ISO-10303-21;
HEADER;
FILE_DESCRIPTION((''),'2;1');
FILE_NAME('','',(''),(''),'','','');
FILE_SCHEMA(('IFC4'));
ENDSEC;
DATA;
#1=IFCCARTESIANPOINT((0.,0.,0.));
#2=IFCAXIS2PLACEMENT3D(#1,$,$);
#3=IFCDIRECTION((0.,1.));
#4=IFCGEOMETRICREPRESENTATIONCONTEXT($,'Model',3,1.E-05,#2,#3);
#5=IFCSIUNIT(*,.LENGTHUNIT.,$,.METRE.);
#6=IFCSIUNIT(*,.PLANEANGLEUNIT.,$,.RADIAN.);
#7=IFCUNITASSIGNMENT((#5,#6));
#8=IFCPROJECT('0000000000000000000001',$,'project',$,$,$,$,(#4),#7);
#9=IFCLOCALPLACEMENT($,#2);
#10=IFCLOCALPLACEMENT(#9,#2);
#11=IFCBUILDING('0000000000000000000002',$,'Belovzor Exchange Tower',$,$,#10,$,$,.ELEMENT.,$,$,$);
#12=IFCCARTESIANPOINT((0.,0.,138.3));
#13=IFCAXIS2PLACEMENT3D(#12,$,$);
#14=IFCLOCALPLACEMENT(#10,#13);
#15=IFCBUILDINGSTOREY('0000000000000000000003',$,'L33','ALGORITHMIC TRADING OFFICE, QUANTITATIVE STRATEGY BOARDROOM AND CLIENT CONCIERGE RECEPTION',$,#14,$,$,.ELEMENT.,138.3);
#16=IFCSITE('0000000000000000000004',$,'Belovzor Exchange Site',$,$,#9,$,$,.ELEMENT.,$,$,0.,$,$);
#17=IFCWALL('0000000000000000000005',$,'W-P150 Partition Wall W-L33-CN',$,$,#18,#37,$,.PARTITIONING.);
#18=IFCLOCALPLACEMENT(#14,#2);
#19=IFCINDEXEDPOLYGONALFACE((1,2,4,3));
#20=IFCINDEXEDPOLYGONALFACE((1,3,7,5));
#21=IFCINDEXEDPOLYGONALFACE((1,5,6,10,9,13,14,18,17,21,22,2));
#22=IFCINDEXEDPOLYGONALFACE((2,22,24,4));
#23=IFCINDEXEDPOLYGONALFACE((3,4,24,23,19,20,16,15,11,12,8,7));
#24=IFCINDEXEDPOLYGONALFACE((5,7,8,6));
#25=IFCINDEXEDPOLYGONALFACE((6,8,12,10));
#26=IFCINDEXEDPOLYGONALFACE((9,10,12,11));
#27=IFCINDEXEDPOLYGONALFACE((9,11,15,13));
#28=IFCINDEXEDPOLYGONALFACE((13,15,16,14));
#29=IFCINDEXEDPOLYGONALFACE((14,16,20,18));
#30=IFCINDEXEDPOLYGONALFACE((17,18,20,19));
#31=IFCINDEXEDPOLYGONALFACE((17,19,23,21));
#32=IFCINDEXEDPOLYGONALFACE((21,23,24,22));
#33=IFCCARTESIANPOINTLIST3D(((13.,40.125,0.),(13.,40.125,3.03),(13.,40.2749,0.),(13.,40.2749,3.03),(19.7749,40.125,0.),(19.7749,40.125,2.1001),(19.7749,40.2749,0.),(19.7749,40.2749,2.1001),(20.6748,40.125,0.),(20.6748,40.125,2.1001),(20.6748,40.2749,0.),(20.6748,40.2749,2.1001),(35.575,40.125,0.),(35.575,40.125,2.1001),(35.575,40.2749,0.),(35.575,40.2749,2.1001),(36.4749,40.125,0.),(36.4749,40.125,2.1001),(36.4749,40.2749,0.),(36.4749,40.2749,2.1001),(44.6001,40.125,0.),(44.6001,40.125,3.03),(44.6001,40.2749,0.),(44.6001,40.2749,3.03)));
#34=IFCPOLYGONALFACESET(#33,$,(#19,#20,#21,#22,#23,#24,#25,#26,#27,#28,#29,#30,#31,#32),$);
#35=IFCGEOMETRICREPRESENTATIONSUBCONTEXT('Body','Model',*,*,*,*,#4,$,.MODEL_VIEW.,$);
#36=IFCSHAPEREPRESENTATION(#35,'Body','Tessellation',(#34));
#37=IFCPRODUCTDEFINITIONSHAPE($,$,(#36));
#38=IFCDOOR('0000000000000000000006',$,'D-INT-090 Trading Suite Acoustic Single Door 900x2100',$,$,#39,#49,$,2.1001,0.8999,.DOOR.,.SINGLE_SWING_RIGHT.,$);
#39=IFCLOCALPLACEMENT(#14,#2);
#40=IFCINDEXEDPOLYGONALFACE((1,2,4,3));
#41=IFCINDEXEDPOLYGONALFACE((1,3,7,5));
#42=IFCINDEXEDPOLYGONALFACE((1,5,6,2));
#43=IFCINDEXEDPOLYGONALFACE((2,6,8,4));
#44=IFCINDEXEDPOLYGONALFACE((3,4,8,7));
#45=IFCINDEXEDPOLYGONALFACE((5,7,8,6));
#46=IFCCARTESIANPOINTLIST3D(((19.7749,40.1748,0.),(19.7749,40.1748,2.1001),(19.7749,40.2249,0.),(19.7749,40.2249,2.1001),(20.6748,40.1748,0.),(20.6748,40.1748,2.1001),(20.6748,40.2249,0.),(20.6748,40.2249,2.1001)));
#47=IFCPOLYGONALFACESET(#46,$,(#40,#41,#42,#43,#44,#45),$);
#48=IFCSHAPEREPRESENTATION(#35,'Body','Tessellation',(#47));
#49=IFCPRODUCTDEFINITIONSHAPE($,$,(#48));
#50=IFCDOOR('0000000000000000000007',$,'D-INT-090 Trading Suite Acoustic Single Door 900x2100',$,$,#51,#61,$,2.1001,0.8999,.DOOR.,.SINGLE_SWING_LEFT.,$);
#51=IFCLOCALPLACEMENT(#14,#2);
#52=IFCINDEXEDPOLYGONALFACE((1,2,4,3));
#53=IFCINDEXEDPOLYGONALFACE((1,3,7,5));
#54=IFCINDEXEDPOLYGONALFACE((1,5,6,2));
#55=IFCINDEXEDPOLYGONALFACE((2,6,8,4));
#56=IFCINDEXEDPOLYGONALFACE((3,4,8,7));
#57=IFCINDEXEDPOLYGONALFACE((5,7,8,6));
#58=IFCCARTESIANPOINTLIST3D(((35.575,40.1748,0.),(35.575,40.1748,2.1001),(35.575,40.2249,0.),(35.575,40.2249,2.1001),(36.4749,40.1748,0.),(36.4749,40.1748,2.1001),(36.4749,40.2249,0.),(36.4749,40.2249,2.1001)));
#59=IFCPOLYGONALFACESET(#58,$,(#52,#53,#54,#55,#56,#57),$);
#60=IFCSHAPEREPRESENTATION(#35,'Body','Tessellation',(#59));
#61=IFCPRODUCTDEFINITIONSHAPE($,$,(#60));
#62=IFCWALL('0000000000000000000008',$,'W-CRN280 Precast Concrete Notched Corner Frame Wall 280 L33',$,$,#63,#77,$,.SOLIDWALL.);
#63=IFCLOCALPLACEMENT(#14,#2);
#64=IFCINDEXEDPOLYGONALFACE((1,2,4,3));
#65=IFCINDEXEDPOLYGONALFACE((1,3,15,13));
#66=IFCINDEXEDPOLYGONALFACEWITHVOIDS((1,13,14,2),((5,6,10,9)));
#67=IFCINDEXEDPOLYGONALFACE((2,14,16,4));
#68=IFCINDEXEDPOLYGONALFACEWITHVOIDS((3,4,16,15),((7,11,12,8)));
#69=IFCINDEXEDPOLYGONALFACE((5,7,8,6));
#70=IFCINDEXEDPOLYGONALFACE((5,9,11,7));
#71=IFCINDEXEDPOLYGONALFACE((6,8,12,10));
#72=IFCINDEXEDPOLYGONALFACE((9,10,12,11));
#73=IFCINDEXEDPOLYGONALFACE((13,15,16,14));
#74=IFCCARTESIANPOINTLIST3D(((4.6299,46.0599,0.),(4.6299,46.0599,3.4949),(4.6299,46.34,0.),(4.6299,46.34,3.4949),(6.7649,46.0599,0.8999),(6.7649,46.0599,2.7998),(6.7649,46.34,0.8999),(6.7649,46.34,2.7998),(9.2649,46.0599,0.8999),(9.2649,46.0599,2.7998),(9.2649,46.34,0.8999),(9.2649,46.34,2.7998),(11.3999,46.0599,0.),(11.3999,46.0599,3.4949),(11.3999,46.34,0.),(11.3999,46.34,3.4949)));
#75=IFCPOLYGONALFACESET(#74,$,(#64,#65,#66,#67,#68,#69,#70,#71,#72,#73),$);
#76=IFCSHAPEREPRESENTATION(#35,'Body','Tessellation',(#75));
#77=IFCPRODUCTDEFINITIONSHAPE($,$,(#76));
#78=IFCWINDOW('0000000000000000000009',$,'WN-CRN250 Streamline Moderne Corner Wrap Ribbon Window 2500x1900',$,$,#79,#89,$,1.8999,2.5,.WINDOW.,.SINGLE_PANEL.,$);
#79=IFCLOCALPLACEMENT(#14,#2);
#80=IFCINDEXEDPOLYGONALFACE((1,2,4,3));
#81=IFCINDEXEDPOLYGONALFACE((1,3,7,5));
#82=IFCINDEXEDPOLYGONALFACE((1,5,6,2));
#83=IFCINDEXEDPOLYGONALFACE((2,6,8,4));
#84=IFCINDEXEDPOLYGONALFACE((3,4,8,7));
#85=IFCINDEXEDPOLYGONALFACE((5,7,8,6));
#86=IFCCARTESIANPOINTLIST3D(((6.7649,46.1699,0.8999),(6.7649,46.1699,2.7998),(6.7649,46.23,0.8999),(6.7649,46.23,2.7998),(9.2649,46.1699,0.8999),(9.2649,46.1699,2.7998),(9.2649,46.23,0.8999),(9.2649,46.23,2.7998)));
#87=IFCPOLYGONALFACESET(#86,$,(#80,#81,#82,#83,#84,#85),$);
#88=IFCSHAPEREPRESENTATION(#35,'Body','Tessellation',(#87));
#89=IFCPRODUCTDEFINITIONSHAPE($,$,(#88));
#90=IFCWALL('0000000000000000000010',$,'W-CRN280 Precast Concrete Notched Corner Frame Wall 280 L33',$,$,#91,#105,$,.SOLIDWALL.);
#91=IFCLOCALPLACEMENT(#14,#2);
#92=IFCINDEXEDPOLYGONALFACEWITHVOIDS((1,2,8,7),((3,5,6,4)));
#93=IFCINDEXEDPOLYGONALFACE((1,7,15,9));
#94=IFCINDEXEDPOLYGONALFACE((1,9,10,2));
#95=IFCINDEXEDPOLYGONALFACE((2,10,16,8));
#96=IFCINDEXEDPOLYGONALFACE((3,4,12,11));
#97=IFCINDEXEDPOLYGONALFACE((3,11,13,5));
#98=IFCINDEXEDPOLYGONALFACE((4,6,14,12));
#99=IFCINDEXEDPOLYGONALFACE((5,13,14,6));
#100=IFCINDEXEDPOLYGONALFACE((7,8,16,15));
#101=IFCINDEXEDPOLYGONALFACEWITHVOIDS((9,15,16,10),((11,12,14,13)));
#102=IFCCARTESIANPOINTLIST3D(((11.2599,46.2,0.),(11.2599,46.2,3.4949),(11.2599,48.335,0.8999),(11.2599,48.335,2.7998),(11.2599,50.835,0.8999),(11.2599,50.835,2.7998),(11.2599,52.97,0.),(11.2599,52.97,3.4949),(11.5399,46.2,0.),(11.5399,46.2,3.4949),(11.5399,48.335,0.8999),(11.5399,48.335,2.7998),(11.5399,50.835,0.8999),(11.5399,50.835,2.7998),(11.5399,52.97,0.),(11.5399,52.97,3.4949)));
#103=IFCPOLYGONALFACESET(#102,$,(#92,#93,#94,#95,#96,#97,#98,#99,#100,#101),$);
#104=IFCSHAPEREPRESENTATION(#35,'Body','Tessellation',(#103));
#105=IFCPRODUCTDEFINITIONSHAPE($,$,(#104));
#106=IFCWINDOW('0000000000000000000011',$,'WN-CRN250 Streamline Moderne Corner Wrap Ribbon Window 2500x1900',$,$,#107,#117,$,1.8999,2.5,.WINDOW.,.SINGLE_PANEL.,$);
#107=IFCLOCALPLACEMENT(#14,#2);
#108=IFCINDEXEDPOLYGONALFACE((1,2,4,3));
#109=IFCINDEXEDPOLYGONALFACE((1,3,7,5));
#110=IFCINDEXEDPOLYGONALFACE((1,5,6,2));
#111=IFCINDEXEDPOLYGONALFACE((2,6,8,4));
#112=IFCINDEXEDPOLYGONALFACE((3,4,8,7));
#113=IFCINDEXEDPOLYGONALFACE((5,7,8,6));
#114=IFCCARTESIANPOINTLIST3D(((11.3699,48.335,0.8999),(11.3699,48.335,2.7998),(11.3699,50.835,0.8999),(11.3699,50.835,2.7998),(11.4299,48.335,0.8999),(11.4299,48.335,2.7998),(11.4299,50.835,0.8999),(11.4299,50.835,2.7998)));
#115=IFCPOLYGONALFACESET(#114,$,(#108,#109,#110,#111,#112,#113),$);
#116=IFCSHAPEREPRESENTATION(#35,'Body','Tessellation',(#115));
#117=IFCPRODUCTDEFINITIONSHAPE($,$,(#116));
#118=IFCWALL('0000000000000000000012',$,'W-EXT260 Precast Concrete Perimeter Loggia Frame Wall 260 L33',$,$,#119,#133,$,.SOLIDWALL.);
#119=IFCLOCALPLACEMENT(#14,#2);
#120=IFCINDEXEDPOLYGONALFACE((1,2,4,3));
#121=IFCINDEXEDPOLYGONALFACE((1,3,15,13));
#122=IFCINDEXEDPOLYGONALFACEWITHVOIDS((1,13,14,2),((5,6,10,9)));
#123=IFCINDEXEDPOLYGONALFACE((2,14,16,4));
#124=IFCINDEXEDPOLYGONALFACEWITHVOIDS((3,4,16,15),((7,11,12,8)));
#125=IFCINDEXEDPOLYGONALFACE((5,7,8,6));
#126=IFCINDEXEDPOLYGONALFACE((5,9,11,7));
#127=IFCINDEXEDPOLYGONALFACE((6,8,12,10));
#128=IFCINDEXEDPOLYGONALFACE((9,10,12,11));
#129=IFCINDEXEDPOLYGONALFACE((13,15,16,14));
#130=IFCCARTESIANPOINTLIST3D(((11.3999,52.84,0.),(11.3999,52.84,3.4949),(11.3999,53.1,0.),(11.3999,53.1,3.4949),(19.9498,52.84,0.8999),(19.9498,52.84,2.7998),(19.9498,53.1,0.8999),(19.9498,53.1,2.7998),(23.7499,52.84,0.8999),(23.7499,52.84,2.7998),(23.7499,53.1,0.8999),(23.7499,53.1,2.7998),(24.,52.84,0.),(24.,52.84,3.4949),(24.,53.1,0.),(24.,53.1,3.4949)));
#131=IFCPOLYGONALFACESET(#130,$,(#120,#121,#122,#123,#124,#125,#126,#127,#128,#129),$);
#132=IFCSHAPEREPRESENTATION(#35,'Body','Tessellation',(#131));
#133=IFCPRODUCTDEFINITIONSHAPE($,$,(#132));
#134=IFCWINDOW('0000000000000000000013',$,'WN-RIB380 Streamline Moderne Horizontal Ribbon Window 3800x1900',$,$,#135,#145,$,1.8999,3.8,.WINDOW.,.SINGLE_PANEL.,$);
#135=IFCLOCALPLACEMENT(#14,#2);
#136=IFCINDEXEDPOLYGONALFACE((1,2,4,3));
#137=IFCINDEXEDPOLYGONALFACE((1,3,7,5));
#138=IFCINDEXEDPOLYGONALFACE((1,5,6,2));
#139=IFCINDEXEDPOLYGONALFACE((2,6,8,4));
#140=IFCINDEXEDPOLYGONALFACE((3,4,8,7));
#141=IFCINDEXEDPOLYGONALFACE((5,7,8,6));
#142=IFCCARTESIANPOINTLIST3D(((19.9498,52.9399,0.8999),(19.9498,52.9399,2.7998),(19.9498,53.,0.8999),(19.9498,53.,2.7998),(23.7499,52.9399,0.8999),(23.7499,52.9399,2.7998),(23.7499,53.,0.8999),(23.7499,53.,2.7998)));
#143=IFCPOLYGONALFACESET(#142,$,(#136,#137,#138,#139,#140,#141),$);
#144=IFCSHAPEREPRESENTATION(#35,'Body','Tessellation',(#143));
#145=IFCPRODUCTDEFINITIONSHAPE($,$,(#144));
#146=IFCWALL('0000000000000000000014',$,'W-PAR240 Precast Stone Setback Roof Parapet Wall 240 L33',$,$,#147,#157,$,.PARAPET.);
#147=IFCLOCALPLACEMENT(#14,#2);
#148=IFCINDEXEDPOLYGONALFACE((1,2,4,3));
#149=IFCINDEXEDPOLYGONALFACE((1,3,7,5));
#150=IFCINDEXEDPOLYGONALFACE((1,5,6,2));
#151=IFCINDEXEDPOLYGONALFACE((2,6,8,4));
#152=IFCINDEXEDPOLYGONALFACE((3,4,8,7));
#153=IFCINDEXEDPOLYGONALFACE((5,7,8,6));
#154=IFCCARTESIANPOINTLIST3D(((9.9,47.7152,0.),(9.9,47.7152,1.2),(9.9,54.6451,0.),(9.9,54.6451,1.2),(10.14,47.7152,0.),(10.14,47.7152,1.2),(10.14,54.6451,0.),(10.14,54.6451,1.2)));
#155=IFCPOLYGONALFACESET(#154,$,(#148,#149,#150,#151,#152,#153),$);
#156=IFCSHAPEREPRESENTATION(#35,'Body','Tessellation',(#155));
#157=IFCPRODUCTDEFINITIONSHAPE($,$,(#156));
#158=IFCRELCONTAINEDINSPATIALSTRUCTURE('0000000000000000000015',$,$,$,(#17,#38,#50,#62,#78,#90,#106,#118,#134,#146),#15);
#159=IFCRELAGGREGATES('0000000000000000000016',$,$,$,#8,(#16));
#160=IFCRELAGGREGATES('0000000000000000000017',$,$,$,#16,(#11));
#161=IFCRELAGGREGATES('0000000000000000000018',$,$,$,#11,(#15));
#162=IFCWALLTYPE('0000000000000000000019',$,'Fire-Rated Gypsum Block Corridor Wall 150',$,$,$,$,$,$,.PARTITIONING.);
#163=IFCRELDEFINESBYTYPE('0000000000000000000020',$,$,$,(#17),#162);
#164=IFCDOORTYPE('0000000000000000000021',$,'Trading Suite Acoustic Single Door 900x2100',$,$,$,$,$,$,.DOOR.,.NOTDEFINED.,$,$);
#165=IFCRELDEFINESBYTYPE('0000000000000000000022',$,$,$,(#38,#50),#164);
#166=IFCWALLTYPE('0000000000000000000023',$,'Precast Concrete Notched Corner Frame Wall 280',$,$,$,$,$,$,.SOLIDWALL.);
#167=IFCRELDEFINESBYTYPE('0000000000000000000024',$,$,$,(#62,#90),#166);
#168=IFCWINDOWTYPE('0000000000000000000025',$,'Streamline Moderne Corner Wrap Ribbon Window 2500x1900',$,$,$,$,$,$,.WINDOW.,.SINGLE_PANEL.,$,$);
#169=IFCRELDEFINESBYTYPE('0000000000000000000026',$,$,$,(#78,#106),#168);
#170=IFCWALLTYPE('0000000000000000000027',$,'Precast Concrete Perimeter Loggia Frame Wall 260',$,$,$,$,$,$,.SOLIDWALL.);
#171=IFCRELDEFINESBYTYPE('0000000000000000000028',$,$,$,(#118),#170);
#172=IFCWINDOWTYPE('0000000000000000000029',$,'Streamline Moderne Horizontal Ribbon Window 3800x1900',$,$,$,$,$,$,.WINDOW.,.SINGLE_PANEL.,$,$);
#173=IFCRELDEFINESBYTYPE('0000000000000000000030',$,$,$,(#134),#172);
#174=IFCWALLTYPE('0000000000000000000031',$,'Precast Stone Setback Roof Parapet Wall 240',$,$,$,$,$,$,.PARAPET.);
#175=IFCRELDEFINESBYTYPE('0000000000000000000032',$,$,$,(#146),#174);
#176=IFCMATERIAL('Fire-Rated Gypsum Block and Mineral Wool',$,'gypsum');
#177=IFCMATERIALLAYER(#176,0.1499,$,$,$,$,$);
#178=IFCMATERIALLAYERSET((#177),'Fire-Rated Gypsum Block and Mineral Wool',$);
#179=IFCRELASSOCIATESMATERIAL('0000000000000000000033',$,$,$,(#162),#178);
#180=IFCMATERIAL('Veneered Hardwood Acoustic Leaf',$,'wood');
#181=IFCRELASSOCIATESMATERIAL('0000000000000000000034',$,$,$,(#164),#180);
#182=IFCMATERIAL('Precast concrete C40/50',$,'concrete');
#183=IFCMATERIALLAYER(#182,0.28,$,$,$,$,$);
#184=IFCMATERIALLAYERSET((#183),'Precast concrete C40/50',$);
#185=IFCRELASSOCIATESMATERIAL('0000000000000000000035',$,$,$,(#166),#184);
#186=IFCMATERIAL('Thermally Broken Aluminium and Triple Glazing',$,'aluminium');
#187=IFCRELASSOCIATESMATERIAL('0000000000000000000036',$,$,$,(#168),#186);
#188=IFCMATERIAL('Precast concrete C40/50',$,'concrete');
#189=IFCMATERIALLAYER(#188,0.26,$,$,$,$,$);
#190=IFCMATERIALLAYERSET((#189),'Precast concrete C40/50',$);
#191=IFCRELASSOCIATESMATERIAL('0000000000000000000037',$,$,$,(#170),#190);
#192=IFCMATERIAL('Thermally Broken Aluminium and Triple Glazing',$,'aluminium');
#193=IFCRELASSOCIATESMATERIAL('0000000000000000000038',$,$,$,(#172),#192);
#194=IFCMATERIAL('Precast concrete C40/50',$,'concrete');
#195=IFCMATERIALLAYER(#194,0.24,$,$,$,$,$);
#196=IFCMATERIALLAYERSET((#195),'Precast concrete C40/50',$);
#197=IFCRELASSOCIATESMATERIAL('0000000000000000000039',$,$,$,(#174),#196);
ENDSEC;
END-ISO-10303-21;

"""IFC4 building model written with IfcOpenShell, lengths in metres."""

from ifc_helpers import new_model, si_unit, direction, frame, frame_2d, origin, place, context, subcontext, project, spatial, rectangle, extrude, material, layer, layer_set, type_object, element, fill, save


model = new_model("IFC4")

# Units and contexts
model_context = context("Model", 3, precision=1e-05, world=origin(), true_north=direction((0.0, 1.0)))
body_context = subcontext(model_context, "Body", "Model", "MODEL_VIEW")
ifc_project = project(units=[si_unit("LENGTHUNIT", "METRE"), si_unit("PLANEANGLEUNIT", "RADIAN")], contexts=[model_context])

# Site, building, storey
site_placement = place(None, origin())
site = spatial("IfcSite", under=ifc_project, at=site_placement, Name="Belovzor Exchange Site", CompositionType="ELEMENT", RefElevation=0.0)
building_placement = place(site_placement, origin())
building = spatial("IfcBuilding", under=site, at=building_placement, Name="Belovzor Exchange Tower", CompositionType="ELEMENT")
storey_placement = place(building_placement, frame((0.0, 0.0, 138.3)))
storey = spatial("IfcBuildingStorey", under=building, at=storey_placement, Name="L33", Description="ALGORITHMIC TRADING OFFICE, QUANTITATIVE STRATEGY BOARDROOM AND CLIENT CONCIERGE RECEPTION", CompositionType="ELEMENT", Elevation=138.3)

# Shared definitions
ifc_material_1 = material(Name="Fire-Rated Gypsum Block and Mineral Wool", Category="gypsum")
ifc_layer_1 = layer(ifc_material_1, 0.1499)
ifc_layer_set_1 = layer_set([ifc_layer_1], Name="Fire-Rated Gypsum Block and Mineral Wool")
wall_type_1 = type_object("IfcWallType", Name="Fire-Rated Gypsum Block Corridor Wall 150", PredefinedType="PARTITIONING", material=ifc_layer_set_1)

# Wall, openings, doors
wall_1_placement = place(storey_placement, frame((13.0, 40.2, 0.0), z_axis=(0.0, 0.0, 1.0), x_axis=(1.0, 0.0, 0.0)))
wall_1 = element("IfcWall", 1, at=wall_1_placement, inside=storey, type_object=wall_type_1, Name="W-P150 Partition Wall W-L33-CN", PredefinedType="PARTITIONING", context=body_context, shape_type="SweptSolid", body=[
    extrude(rectangle(XDim=31.6001, YDim=0.1499, at=frame_2d((15.8, 0.0))), origin(), (0.0, 0.0, 1.0), 3.03),
])
opening_1_placement = place(wall_1_placement, frame((6.7749, 0.0, 0.0)))
opening_1 = element("IfcOpeningElement", 2, at=opening_1_placement, cuts=wall_1, PredefinedType="OPENING", context=body_context, shape_type="SweptSolid", body=[
    extrude(rectangle(XDim=0.8999, YDim=2.1001, at=frame_2d((0.45, 1.05))), frame((0.0, 0.085, 0.0), z_axis=(0.0, -1.0, 0.0), x_axis=(1.0, 0.0, 0.0)), (0.0, 0.0, 1.0), 0.1699),
])
opening_2_placement = place(wall_1_placement, frame((22.575, 0.0, 0.0)))
opening_2 = element("IfcOpeningElement", 3, at=opening_2_placement, cuts=wall_1, PredefinedType="OPENING", context=body_context, shape_type="SweptSolid", body=[
    extrude(rectangle(XDim=0.8999, YDim=2.1001, at=frame_2d((0.45, 1.05))), frame((0.0, 0.085, 0.0), z_axis=(0.0, -1.0, 0.0), x_axis=(1.0, 0.0, 0.0)), (0.0, 0.0, 1.0), 0.1699),
])
ifc_material_2 = material(Name="Veneered Hardwood Acoustic Leaf", Category="wood")
door_type = type_object("IfcDoorType", Name="Trading Suite Acoustic Single Door 900x2100", OperationType="NOTDEFINED", PredefinedType="DOOR", material=ifc_material_2)
door_1_placement = place(opening_1_placement, origin())
door_1 = element("IfcDoor", 4, at=door_1_placement, inside=storey, type_object=door_type, Name="D-INT-090 Trading Suite Acoustic Single Door 900x2100", OperationType="SINGLE_SWING_RIGHT", OverallHeight=2.1001, OverallWidth=0.8999, PredefinedType="DOOR", context=body_context, shape_type="SweptSolid", body=[
    extrude(rectangle(XDim=0.8999, YDim=2.1001, at=frame_2d((0.45, 1.05))), frame((0.0, 0.0249, 0.0), z_axis=(0.0, -1.0, 0.0), x_axis=(1.0, 0.0, 0.0)), (0.0, 0.0, 1.0), 0.05),
])
fill(opening_1, door_1)
door_2_placement = place(opening_2_placement, origin())
door_2 = element("IfcDoor", 5, at=door_2_placement, inside=storey, type_object=door_type, Name="D-INT-090 Trading Suite Acoustic Single Door 900x2100", OperationType="SINGLE_SWING_LEFT", OverallHeight=2.1001, OverallWidth=0.8999, PredefinedType="DOOR", context=body_context, shape_type="SweptSolid", body=[
    extrude(rectangle(XDim=0.8999, YDim=2.1001, at=frame_2d((0.45, 1.05))), frame((0.0, 0.0249, 0.0), z_axis=(0.0, -1.0, 0.0), x_axis=(1.0, 0.0, 0.0)), (0.0, 0.0, 1.0), 0.05),
])
fill(opening_2, door_2)

# Walls, openings, windows
ifc_material_3 = material(Name="Precast concrete C40/50", Category="concrete")
ifc_layer_2 = layer(ifc_material_3, 0.28)
ifc_layer_set_2 = layer_set([ifc_layer_2], Name="Precast concrete C40/50")
wall_type_2 = type_object("IfcWallType", Name="Precast Concrete Notched Corner Frame Wall 280", PredefinedType="SOLIDWALL", material=ifc_layer_set_2)
wall_2_placement = place(storey_placement, frame((4.6299, 46.2, 0.0), z_axis=(0.0, 0.0, 1.0), x_axis=(1.0, 0.0, 0.0)))
wall_2 = element("IfcWall", 6, at=wall_2_placement, inside=storey, type_object=wall_type_2, Name="W-CRN280 Precast Concrete Notched Corner Frame Wall 280 L33", PredefinedType="SOLIDWALL", context=body_context, shape_type="SweptSolid", body=[
    extrude(rectangle(XDim=6.77, YDim=0.28, at=frame_2d((3.385, 0.0))), origin(), (0.0, 0.0, 1.0), 3.4949),
])
opening_3_placement = place(wall_2_placement, frame((2.135, 0.0, 0.8999)))
opening_3 = element("IfcOpeningElement", 7, at=opening_3_placement, cuts=wall_2, PredefinedType="OPENING", context=body_context, shape_type="SweptSolid", body=[
    extrude(rectangle(XDim=2.5, YDim=1.8999, at=frame_2d((1.25, 0.95))), frame((0.0, 0.1499, 0.0), z_axis=(0.0, -1.0, 0.0), x_axis=(1.0, 0.0, 0.0)), (0.0, 0.0, 1.0), 0.3),
])
ifc_material_4 = material(Name="Thermally Broken Aluminium and Triple Glazing", Category="aluminium")
window_type_1 = type_object("IfcWindowType", Name="Streamline Moderne Corner Wrap Ribbon Window 2500x1900", PartitioningType="SINGLE_PANEL", PredefinedType="WINDOW", material=ifc_material_4)
window_1_placement = place(opening_3_placement, origin())
window_1 = element("IfcWindow", 8, at=window_1_placement, inside=storey, type_object=window_type_1, Name="WN-CRN250 Streamline Moderne Corner Wrap Ribbon Window 2500x1900", OverallHeight=1.8999, OverallWidth=2.5, PartitioningType="SINGLE_PANEL", PredefinedType="WINDOW", context=body_context, shape_type="SweptSolid", body=[
    extrude(rectangle(XDim=2.5, YDim=1.8999, at=frame_2d((1.25, 0.95))), frame((0.0, 0.03, 0.0), z_axis=(0.0, -1.0, 0.0), x_axis=(1.0, 0.0, 0.0)), (0.0, 0.0, 1.0), 0.0601),
])
fill(opening_3, window_1)
wall_3_placement = place(storey_placement, frame((11.3999, 46.2, 0.0), z_axis=(0.0, 0.0, 1.0), x_axis=(0.0, 1.0, 0.0)))
wall_3 = element("IfcWall", 9, at=wall_3_placement, inside=storey, type_object=wall_type_2, Name="W-CRN280 Precast Concrete Notched Corner Frame Wall 280 L33", PredefinedType="SOLIDWALL", context=body_context, shape_type="SweptSolid", body=[
    extrude(rectangle(XDim=6.77, YDim=0.28, at=frame_2d((3.385, 0.0))), origin(), (0.0, 0.0, 1.0), 3.4949),
])
opening_4_placement = place(wall_3_placement, frame((2.135, 0.0, 0.8999)))
opening_4 = element("IfcOpeningElement", 10, at=opening_4_placement, cuts=wall_3, PredefinedType="OPENING", context=body_context, shape_type="SweptSolid", body=[
    extrude(rectangle(XDim=2.5, YDim=1.8999, at=frame_2d((1.25, 0.95))), frame((0.0, 0.1499, 0.0), z_axis=(0.0, -1.0, 0.0), x_axis=(1.0, 0.0, 0.0)), (0.0, 0.0, 1.0), 0.3),
])
window_2_placement = place(opening_4_placement, origin())
window_2 = element("IfcWindow", 11, at=window_2_placement, inside=storey, type_object=window_type_1, Name="WN-CRN250 Streamline Moderne Corner Wrap Ribbon Window 2500x1900", OverallHeight=1.8999, OverallWidth=2.5, PartitioningType="SINGLE_PANEL", PredefinedType="WINDOW", context=body_context, shape_type="SweptSolid", body=[
    extrude(rectangle(XDim=2.5, YDim=1.8999, at=frame_2d((1.25, 0.95))), frame((0.0, 0.03, 0.0), z_axis=(0.0, -1.0, 0.0), x_axis=(1.0, 0.0, 0.0)), (0.0, 0.0, 1.0), 0.0601),
])
fill(opening_4, window_2)
ifc_material_5 = material(Name="Precast concrete C40/50", Category="concrete")
ifc_layer_3 = layer(ifc_material_5, 0.26)
ifc_layer_set_3 = layer_set([ifc_layer_3], Name="Precast concrete C40/50")
wall_type_3 = type_object("IfcWallType", Name="Precast Concrete Perimeter Loggia Frame Wall 260", PredefinedType="SOLIDWALL", material=ifc_layer_set_3)
wall_4_placement = place(storey_placement, frame((11.3999, 52.97, 0.0), z_axis=(0.0, 0.0, 1.0), x_axis=(1.0, 0.0, 0.0)))
wall_4 = element("IfcWall", 12, at=wall_4_placement, inside=storey, type_object=wall_type_3, Name="W-EXT260 Precast Concrete Perimeter Loggia Frame Wall 260 L33", PredefinedType="SOLIDWALL", context=body_context, shape_type="SweptSolid", body=[
    extrude(rectangle(XDim=12.6001, YDim=0.26, at=frame_2d((6.3, 0.0))), origin(), (0.0, 0.0, 1.0), 3.4949),
])
opening_5_placement = place(wall_4_placement, frame((8.55, 0.0, 0.8999)))
opening_5 = element("IfcOpeningElement", 13, at=opening_5_placement, cuts=wall_4, PredefinedType="OPENING", context=body_context, shape_type="SweptSolid", body=[
    extrude(rectangle(XDim=3.8, YDim=1.8999, at=frame_2d((1.8999, 0.95))), frame((0.0, 0.1399, 0.0), z_axis=(0.0, -1.0, 0.0), x_axis=(1.0, 0.0, 0.0)), (0.0, 0.0, 1.0), 0.28),
])
ifc_material_6 = material(Name="Thermally Broken Aluminium and Triple Glazing", Category="aluminium")
window_type_2 = type_object("IfcWindowType", Name="Streamline Moderne Horizontal Ribbon Window 3800x1900", PartitioningType="SINGLE_PANEL", PredefinedType="WINDOW", material=ifc_material_6)
window_3_placement = place(opening_5_placement, origin())
window_3 = element("IfcWindow", 14, at=window_3_placement, inside=storey, type_object=window_type_2, Name="WN-RIB380 Streamline Moderne Horizontal Ribbon Window 3800x1900", OverallHeight=1.8999, OverallWidth=3.8, PartitioningType="SINGLE_PANEL", PredefinedType="WINDOW", context=body_context, shape_type="SweptSolid", body=[
    extrude(rectangle(XDim=3.8, YDim=1.8999, at=frame_2d((1.8999, 0.95))), frame((0.0, 0.03, 0.0), z_axis=(0.0, -1.0, 0.0), x_axis=(1.0, 0.0, 0.0)), (0.0, 0.0, 1.0), 0.0601),
])
fill(opening_5, window_3)

# Wall
ifc_material_7 = material(Name="Precast concrete C40/50", Category="concrete")
ifc_layer_4 = layer(ifc_material_7, 0.24)
ifc_layer_set_4 = layer_set([ifc_layer_4], Name="Precast concrete C40/50")
wall_type_4 = type_object("IfcWallType", Name="Precast Stone Setback Roof Parapet Wall 240", PredefinedType="PARAPET", material=ifc_layer_set_4)
for number, where, z_axis, x_axis, name in (
    (15, (10.02, 54.645, 0.0), (0.0, 0.0, 1.0), (0.0, -1.0, 0.0), "W-PAR240 Precast Stone Setback Roof Parapet Wall 240 L33"),
):
    element("IfcWall", number, at=place(storey_placement, frame(where, z_axis=z_axis, x_axis=x_axis)), inside=storey, type_object=wall_type_4, Name=name, PredefinedType="PARAPET", context=body_context, shape_type="SweptSolid", body=[
        extrude(rectangle(XDim=6.9299, YDim=0.24, at=frame_2d((3.4648, 0.0))), origin(), (0.0, 0.0, 1.0), 1.2),
    ])

save(model, "model.ifc")
